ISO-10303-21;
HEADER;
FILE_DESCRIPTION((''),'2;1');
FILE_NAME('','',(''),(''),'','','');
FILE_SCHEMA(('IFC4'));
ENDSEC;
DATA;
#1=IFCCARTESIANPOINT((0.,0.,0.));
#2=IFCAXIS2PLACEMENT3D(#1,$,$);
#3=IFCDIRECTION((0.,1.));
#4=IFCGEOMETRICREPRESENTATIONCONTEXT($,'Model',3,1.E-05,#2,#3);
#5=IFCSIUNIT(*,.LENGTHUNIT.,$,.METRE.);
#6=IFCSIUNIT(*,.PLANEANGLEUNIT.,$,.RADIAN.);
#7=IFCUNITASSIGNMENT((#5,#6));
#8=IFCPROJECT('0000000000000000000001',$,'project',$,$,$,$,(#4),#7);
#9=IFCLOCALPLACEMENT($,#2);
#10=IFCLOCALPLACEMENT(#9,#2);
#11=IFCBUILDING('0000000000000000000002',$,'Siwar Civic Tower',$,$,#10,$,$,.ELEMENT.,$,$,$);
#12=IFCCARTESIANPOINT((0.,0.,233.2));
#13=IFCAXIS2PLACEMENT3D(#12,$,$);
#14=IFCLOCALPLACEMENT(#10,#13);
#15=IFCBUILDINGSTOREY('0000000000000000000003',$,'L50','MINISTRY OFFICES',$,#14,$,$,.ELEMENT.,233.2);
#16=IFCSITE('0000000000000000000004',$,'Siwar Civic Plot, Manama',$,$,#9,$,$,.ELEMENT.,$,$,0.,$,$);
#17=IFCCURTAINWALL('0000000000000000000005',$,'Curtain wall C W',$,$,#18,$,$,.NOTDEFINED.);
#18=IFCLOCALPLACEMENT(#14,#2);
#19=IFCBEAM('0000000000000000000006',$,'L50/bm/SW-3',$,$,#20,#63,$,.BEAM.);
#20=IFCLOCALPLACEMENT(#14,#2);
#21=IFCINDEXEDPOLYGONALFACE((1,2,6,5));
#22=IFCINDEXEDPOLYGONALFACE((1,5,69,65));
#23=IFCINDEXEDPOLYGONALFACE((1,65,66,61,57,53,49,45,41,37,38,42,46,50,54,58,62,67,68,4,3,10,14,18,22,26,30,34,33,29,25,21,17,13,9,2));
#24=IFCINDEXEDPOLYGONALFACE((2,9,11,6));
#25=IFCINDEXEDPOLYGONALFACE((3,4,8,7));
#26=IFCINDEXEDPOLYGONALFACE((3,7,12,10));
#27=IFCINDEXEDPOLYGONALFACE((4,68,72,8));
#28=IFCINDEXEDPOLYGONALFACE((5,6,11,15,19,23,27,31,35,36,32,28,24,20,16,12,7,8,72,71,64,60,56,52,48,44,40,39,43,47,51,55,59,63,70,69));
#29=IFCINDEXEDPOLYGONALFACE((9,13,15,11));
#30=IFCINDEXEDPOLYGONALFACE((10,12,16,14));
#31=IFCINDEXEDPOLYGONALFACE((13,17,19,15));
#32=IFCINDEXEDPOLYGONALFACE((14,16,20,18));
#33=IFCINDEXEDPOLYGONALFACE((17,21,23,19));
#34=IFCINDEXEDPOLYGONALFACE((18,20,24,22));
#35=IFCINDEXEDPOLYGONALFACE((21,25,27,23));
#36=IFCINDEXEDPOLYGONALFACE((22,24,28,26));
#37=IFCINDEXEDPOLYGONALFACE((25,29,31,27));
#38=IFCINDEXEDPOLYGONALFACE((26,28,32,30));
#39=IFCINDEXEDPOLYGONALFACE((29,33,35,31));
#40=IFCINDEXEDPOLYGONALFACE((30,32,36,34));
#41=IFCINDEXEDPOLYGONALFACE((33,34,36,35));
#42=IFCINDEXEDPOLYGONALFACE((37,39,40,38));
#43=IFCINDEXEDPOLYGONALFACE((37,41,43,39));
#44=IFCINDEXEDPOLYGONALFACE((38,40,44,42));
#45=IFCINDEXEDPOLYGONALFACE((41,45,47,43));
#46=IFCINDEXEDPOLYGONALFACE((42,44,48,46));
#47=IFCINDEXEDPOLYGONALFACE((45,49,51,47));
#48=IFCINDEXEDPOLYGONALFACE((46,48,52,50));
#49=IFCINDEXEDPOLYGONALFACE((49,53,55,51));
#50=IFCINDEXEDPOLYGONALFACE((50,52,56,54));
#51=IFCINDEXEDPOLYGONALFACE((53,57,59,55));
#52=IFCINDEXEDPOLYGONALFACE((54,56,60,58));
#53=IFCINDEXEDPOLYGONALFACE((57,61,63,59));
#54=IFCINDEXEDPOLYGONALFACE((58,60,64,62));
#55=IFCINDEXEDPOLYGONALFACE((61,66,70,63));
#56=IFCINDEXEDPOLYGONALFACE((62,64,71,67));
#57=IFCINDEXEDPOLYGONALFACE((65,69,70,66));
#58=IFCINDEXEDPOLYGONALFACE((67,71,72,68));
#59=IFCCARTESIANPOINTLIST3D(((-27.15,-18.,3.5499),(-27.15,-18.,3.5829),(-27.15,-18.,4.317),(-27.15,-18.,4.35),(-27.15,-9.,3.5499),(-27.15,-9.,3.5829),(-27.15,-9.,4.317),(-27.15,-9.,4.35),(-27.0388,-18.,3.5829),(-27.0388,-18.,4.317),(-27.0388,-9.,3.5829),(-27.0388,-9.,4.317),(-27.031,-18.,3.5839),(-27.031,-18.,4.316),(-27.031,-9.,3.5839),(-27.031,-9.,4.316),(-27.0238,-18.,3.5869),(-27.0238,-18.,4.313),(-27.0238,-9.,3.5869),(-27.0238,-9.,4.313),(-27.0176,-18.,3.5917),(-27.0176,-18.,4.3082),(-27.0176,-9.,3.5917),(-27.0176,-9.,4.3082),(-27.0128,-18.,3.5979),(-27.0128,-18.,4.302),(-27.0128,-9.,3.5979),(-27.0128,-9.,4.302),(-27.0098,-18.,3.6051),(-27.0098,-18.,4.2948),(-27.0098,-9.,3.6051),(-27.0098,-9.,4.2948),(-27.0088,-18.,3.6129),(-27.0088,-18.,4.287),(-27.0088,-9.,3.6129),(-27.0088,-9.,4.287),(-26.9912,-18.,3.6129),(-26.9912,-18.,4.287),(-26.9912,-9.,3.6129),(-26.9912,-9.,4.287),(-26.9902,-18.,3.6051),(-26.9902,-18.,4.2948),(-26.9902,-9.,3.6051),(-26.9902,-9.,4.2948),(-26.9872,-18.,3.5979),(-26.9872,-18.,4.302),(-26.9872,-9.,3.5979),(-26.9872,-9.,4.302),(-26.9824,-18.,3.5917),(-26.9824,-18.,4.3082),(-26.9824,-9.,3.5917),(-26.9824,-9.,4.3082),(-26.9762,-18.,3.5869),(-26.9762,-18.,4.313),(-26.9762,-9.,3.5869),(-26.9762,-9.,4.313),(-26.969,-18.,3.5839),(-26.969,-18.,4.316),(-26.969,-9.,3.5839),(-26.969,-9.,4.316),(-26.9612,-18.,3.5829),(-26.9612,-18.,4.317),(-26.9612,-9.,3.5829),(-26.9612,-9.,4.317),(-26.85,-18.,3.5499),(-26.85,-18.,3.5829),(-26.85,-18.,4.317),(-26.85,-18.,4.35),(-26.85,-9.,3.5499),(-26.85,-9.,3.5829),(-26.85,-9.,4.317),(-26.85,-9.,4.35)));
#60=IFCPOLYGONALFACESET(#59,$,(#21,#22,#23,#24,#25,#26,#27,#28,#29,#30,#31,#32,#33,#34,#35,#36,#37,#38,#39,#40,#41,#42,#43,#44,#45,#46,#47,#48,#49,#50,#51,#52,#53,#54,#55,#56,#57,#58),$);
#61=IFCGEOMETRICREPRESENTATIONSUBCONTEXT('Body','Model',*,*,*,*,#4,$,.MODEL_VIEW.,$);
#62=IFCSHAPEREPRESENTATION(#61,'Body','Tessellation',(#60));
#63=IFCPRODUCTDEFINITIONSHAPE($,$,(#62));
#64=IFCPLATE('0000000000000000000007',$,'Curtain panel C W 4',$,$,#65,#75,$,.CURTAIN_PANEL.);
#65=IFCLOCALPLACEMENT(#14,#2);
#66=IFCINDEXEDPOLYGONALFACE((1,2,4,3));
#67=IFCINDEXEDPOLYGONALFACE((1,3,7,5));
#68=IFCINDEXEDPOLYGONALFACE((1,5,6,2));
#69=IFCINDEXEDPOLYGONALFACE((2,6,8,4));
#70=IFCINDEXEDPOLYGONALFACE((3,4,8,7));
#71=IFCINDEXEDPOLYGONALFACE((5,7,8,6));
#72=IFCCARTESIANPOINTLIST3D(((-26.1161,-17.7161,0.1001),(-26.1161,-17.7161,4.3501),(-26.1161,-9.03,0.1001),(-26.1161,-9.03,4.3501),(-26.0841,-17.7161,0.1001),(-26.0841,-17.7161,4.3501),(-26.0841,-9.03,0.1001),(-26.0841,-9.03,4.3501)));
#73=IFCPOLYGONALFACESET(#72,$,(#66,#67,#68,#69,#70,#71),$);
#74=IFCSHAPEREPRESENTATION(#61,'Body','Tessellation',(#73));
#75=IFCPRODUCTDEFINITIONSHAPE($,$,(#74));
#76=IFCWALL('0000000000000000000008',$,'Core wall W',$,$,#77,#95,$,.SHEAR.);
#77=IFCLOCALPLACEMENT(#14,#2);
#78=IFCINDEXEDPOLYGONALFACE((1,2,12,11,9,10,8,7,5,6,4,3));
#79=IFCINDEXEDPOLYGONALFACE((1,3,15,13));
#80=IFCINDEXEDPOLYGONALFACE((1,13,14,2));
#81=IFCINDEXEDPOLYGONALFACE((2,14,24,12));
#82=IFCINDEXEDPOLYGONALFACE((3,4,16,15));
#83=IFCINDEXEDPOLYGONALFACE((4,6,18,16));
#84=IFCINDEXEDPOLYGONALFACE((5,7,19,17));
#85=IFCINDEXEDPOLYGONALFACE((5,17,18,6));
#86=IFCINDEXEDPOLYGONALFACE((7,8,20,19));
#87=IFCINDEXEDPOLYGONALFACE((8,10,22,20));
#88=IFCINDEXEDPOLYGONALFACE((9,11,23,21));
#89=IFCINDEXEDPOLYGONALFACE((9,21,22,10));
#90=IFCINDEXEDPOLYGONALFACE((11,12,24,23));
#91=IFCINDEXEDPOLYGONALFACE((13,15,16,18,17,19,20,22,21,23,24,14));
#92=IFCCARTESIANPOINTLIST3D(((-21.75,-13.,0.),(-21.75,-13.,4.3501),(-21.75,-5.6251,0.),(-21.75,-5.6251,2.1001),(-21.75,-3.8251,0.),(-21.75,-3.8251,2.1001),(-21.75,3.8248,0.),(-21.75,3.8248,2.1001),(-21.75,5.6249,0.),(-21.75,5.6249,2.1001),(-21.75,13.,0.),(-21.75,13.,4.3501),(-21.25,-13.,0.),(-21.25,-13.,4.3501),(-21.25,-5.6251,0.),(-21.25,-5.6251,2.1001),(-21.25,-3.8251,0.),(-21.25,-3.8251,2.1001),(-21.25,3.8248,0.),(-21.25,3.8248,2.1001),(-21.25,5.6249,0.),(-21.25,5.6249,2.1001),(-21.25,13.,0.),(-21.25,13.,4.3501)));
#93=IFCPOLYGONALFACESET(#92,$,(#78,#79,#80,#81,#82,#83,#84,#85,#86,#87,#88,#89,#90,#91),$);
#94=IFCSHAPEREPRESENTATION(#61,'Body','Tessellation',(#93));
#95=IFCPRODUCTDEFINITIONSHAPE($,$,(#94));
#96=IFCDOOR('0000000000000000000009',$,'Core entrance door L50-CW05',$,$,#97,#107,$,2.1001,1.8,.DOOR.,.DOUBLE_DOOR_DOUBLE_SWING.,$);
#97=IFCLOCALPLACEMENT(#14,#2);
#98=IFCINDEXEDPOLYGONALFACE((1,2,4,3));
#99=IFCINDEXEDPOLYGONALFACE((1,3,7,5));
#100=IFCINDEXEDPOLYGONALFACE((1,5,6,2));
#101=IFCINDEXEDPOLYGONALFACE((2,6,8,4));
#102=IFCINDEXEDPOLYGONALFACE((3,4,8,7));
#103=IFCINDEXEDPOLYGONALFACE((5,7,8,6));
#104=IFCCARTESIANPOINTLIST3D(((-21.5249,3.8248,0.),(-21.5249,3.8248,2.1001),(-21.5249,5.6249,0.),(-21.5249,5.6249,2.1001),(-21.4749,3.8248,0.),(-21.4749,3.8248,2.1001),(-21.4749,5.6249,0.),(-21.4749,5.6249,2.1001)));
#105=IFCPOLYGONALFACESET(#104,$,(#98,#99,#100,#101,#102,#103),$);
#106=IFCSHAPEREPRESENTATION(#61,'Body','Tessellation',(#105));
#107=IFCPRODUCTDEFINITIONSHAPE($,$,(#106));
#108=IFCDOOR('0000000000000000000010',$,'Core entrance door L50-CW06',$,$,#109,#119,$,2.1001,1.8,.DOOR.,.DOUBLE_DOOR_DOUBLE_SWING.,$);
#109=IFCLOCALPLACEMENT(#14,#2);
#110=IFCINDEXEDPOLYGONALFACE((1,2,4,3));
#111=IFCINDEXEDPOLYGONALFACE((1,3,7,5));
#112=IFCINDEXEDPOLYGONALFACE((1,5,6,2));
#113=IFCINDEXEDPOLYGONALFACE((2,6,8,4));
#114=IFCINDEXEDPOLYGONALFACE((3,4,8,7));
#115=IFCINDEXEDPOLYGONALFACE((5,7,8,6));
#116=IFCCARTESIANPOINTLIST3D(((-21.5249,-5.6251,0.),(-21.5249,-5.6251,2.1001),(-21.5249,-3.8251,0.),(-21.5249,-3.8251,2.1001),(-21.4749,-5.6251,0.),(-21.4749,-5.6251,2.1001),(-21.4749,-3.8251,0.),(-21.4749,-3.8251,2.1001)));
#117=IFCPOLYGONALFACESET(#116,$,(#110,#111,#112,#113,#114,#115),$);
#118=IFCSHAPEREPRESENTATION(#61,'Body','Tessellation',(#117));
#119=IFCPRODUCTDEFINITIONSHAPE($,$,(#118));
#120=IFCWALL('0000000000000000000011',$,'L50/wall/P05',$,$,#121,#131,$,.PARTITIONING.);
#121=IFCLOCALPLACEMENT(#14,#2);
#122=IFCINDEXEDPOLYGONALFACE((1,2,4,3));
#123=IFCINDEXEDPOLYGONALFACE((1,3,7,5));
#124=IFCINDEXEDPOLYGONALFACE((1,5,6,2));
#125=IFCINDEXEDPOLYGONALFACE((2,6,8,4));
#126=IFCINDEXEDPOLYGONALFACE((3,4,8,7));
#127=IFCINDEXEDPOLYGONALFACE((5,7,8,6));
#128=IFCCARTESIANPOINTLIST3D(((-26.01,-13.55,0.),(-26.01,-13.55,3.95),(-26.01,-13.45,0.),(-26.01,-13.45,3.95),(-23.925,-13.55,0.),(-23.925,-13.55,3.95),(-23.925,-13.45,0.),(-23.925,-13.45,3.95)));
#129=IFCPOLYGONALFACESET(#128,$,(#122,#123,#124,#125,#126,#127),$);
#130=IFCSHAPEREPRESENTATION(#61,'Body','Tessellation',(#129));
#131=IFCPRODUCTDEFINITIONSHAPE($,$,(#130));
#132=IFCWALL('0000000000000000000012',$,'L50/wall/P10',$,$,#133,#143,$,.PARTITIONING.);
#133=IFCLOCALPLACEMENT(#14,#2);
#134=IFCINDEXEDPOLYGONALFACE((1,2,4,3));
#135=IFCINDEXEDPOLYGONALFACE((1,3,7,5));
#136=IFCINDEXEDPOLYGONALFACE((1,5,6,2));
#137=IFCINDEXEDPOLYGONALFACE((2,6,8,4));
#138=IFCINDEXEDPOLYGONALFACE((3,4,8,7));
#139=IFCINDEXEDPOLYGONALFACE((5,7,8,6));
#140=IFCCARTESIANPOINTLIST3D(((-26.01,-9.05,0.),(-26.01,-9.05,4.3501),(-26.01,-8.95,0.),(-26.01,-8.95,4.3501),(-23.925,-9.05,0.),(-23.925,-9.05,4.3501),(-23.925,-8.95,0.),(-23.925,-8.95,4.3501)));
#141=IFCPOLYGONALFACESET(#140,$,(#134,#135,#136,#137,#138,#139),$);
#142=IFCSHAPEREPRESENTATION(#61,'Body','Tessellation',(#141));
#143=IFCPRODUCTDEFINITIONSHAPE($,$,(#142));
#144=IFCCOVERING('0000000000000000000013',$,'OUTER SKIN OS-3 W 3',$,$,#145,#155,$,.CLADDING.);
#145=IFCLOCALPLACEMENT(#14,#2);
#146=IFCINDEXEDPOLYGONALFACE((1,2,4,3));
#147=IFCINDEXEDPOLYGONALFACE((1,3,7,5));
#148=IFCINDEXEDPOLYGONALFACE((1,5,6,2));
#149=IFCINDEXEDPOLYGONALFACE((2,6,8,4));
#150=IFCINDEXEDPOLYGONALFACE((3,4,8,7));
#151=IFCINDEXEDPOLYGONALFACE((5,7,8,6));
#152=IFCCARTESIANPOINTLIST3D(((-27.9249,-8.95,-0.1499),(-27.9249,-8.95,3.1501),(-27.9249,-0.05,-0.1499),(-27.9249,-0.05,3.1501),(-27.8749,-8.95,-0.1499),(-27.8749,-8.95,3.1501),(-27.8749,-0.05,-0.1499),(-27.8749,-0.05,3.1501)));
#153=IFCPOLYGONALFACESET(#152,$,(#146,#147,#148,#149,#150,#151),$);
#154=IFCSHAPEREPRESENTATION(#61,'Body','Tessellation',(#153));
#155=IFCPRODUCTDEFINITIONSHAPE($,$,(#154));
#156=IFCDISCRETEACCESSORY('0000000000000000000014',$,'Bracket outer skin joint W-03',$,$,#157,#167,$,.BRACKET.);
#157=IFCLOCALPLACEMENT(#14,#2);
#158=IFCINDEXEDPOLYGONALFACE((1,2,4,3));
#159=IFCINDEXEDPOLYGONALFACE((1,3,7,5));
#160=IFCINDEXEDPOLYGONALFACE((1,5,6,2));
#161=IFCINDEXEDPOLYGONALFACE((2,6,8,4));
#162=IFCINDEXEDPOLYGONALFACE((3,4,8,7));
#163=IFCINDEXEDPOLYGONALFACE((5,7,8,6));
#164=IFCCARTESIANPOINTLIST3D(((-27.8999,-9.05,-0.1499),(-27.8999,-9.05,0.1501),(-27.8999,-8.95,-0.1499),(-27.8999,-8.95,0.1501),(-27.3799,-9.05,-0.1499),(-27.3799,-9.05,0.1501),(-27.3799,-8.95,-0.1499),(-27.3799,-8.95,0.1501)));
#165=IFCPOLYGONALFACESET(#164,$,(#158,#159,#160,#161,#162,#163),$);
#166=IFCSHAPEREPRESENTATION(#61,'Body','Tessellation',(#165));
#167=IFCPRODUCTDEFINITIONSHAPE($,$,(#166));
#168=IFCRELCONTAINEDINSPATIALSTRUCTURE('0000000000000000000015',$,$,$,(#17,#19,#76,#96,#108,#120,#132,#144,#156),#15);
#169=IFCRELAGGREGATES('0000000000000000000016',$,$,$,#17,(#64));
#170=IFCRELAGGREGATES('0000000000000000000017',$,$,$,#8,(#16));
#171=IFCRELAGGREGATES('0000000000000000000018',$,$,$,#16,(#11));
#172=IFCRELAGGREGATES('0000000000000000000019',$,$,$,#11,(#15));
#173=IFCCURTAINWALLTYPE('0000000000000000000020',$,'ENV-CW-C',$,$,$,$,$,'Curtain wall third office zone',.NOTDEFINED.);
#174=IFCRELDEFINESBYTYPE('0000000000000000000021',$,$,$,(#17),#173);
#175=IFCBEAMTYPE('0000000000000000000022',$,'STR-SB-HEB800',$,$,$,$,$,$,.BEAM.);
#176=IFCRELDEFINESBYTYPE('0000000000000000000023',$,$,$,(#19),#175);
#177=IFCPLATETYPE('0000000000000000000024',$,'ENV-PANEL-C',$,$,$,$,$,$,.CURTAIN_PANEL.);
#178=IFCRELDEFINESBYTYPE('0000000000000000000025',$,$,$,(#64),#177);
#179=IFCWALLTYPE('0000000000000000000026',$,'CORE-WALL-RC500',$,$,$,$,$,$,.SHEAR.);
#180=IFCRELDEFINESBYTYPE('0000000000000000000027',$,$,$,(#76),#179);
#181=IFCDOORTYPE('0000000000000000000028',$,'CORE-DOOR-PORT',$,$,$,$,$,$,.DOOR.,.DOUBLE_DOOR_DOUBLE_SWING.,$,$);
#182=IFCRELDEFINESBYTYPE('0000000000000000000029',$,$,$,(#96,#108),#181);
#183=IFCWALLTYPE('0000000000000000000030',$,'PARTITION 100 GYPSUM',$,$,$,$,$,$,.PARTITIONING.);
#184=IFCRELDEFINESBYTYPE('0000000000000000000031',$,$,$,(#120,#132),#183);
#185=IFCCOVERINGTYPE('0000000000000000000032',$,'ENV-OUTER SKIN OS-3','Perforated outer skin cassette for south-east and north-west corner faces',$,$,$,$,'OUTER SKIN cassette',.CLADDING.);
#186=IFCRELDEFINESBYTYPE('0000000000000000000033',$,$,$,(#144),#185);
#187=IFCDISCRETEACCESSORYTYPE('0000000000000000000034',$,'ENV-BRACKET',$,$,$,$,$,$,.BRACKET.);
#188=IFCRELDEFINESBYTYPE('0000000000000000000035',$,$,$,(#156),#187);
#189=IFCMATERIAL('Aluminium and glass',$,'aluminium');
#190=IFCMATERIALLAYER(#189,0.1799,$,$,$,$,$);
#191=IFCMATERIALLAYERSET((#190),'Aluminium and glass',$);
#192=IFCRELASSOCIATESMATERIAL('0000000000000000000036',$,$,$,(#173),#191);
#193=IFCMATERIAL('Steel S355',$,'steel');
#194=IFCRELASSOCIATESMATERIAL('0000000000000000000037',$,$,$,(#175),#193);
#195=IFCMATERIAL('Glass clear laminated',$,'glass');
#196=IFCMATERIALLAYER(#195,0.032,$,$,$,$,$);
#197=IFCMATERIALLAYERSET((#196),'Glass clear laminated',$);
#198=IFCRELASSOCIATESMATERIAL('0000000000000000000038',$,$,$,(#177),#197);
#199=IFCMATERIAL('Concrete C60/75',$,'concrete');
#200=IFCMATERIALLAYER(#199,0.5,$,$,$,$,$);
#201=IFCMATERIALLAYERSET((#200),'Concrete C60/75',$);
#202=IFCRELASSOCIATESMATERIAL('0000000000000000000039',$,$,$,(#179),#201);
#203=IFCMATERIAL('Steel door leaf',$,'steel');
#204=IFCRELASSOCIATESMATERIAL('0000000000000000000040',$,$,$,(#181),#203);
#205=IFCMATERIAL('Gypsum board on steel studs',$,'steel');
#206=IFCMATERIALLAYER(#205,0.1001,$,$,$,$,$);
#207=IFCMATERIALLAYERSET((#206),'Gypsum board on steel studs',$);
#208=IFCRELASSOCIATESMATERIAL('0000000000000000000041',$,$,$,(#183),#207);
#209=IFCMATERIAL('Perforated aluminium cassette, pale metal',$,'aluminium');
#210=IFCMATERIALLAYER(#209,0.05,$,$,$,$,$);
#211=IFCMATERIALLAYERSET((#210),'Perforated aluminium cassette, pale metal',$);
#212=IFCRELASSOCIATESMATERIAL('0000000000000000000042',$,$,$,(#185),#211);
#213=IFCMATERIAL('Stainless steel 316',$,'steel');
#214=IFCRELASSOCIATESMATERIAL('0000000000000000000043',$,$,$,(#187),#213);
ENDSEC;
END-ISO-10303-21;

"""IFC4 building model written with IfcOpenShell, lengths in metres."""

from ifc_helpers import new_model, si_unit, direction, frame, frame_2d, origin, origin_2d, place, context, subcontext, project, spatial, rectangle, i_section, extrude, material, layer, layer_set, material_profile, profile_set, type_object, element, fill, aggregate, save


model = new_model("IFC4")

# Units and contexts
model_context = context("Model", 3, precision=1e-05, world=origin(), true_north=direction((0.0, 1.0)))
body_context = subcontext(model_context, "Body", "Model", "MODEL_VIEW")
ifc_project = project(units=[si_unit("LENGTHUNIT", "METRE"), si_unit("PLANEANGLEUNIT", "RADIAN")], contexts=[model_context])

# Site, building, storey
site_placement = place(None, origin())
site = spatial("IfcSite", under=ifc_project, at=site_placement, Name="Siwar Civic Plot, Manama", CompositionType="ELEMENT", RefElevation=0.0)
building_placement = place(site_placement, origin())
building = spatial("IfcBuilding", under=site, at=building_placement, Name="Siwar Civic Tower", CompositionType="ELEMENT")
storey_placement = place(building_placement, frame((0.0, 0.0, 233.2)))
storey = spatial("IfcBuildingStorey", under=building, at=storey_placement, Name="L50", Description="MINISTRY OFFICES", CompositionType="ELEMENT", Elevation=233.2)

# Curtain wall
ifc_material_1 = material(Name="Aluminium and glass", Category="aluminium")
ifc_layer_1 = layer(ifc_material_1, 0.1799)
ifc_layer_set_1 = layer_set([ifc_layer_1], Name="Aluminium and glass")
curtain_wall_type = type_object("IfcCurtainWallType", Name="ENV-CW-C", ElementType="Curtain wall third office zone", PredefinedType="NOTDEFINED", material=ifc_layer_set_1)
curtain_wall_placement = place(storey_placement, origin())
curtain_wall = element("IfcCurtainWall", 1, at=curtain_wall_placement, inside=storey, type_object=curtain_wall_type, Name="Curtain wall C W", PredefinedType="NOTDEFINED")

# Beam
ifc_material_2 = material(Name="Steel S355", Category="steel")
ifc_material_profile_1 = material_profile(ifc_material_2, i_section(OverallWidth=0.3, OverallDepth=0.8, WebThickness=0.0176, FlangeThickness=0.033, FilletRadius=0.03, at=origin_2d()), Name="HEB800")
ifc_profile_set_1 = profile_set([ifc_material_profile_1], Name="Steel S355")
beam_type_1 = type_object("IfcBeamType", Name="STR-SB-HEB800", PredefinedType="BEAM", material=ifc_profile_set_1)
beam_1_placement = place(storey_placement, frame((-27.0, -9.0, 3.95), z_axis=(0.0, -1.0, 0.0), x_axis=(1.0, 0.0, 0.0)))
element("IfcBeam", 2, at=beam_1_placement, inside=storey, type_object=beam_type_1, Name="L50/bm/SW-3", PredefinedType="BEAM", context=body_context, shape_type="SweptSolid", body=[
    extrude(i_section(OverallWidth=0.3, OverallDepth=0.8, WebThickness=0.0176, FlangeThickness=0.033, FilletRadius=0.03, at=origin_2d()), origin(), (0.0, 0.0, 1.0), 9.0),
])

# Plate
ifc_material_3 = material(Name="Glass clear laminated", Category="glass")
ifc_layer_2 = layer(ifc_material_3, 0.032)
ifc_layer_set_2 = layer_set([ifc_layer_2], Name="Glass clear laminated")
plate_type = type_object("IfcPlateType", Name="ENV-PANEL-C", PredefinedType="CURTAIN_PANEL", material=ifc_layer_set_2)
plate_placement = place(storey_placement, frame((-26.1001, -13.373, 0.1001), z_axis=(0.0, 0.0, 1.0), x_axis=(0.0, -1.0, 0.0)))
plate = element("IfcPlate", 3, at=plate_placement, type_object=plate_type, Name="Curtain panel C W 4", PredefinedType="CURTAIN_PANEL", context=body_context, shape_type="SweptSolid", body=[
    extrude(rectangle(XDim=8.686, YDim=0.032, at=origin_2d()), origin(), (0.0, 0.0, 1.0), 4.25),
])
aggregate(curtain_wall, [plate])

# Wall, openings, doors
ifc_material_4 = material(Name="Concrete C60/75", Category="concrete")
ifc_layer_3 = layer(ifc_material_4, 0.5)
ifc_layer_set_3 = layer_set([ifc_layer_3], Name="Concrete C60/75")
wall_type_1 = type_object("IfcWallType", Name="CORE-WALL-RC500", PredefinedType="SHEAR", material=ifc_layer_set_3)
wall_1_placement = place(storey_placement, frame((-21.5, -13.0, 0.0), z_axis=(0.0, 0.0, 1.0), x_axis=(0.0, 1.0, 0.0)))
wall_1 = element("IfcWall", 4, at=wall_1_placement, inside=storey, type_object=wall_type_1, Name="Core wall W", PredefinedType="SHEAR", context=body_context, shape_type="SweptSolid", body=[
    extrude(rectangle(XDim=26.0, YDim=0.5, at=frame_2d((13.0, 0.0))), origin(), (0.0, 0.0, 1.0), 4.3501),
])
opening_1_placement = place(wall_1_placement, frame((16.825, 0.0, 0.0)))
opening_1 = element("IfcOpeningElement", 5, at=opening_1_placement, cuts=wall_1, PredefinedType="OPENING", context=body_context, shape_type="SweptSolid", body=[
    extrude(rectangle(XDim=1.8, YDim=2.1001, at=frame_2d((0.8999, 1.05))), frame((0.0, 0.26, 0.0), z_axis=(0.0, -1.0, 0.0), x_axis=(1.0, 0.0, 0.0)), (0.0, 0.0, 1.0), 0.52),
])
opening_2_placement = place(wall_1_placement, frame((7.375, 0.0, 0.0)))
opening_2 = element("IfcOpeningElement", 6, at=opening_2_placement, cuts=wall_1, PredefinedType="OPENING", context=body_context, shape_type="SweptSolid", body=[
    extrude(rectangle(XDim=1.8, YDim=2.1001, at=frame_2d((0.8999, 1.05))), frame((0.0, 0.26, 0.0), z_axis=(0.0, -1.0, 0.0), x_axis=(1.0, 0.0, 0.0)), (0.0, 0.0, 1.0), 0.52),
])
ifc_material_5 = material(Name="Steel door leaf", Category="steel")
door_type = type_object("IfcDoorType", Name="CORE-DOOR-PORT", OperationType="DOUBLE_DOOR_DOUBLE_SWING", PredefinedType="DOOR", material=ifc_material_5)
door_1_placement = place(opening_1_placement, origin())
door_1 = element("IfcDoor", 7, at=door_1_placement, inside=storey, type_object=door_type, Name="Core entrance door L50-CW05", OperationType="DOUBLE_DOOR_DOUBLE_SWING", OverallHeight=2.1001, OverallWidth=1.8, PredefinedType="DOOR", context=body_context, shape_type="SweptSolid", body=[
    extrude(rectangle(XDim=1.8, YDim=2.1001, at=frame_2d((0.8999, 1.05))), frame((0.0, 0.0249, 0.0), z_axis=(0.0, -1.0, 0.0), x_axis=(1.0, 0.0, 0.0)), (0.0, 0.0, 1.0), 0.05),
])
fill(opening_1, door_1)
door_2_placement = place(opening_2_placement, origin())
door_2 = element("IfcDoor", 8, at=door_2_placement, inside=storey, type_object=door_type, Name="Core entrance door L50-CW06", OperationType="DOUBLE_DOOR_DOUBLE_SWING", OverallHeight=2.1001, OverallWidth=1.8, PredefinedType="DOOR", context=body_context, shape_type="SweptSolid", body=[
    extrude(rectangle(XDim=1.8, YDim=2.1001, at=frame_2d((0.8999, 1.05))), frame((0.0, 0.0249, 0.0), z_axis=(0.0, -1.0, 0.0), x_axis=(1.0, 0.0, 0.0)), (0.0, 0.0, 1.0), 0.05),
])
fill(opening_2, door_2)

# Walls
ifc_material_6 = material(Name="Gypsum board on steel studs", Category="steel")
ifc_layer_4 = layer(ifc_material_6, 0.1001)
ifc_layer_set_4 = layer_set([ifc_layer_4], Name="Gypsum board on steel studs")
wall_type_2 = type_object("IfcWallType", Name="PARTITION 100 GYPSUM", PredefinedType="PARTITIONING", material=ifc_layer_set_4)
wall_2_placement = place(storey_placement, frame((-26.01, -13.5, 0.0), z_axis=(0.0, 0.0, 1.0), x_axis=(1.0, 0.0, 0.0)))
element("IfcWall", 9, at=wall_2_placement, inside=storey, type_object=wall_type_2, Name="L50/wall/P05", PredefinedType="PARTITIONING", context=body_context, shape_type="SweptSolid", body=[
    extrude(rectangle(XDim=2.085, YDim=0.1001, at=frame_2d((1.0425, 0.0))), origin(), (0.0, 0.0, 1.0), 3.95),
])
wall_3_placement = place(storey_placement, frame((-26.01, -9.0, 0.0), z_axis=(0.0, 0.0, 1.0), x_axis=(1.0, 0.0, 0.0)))
element("IfcWall", 10, at=wall_3_placement, inside=storey, type_object=wall_type_2, Name="L50/wall/P10", PredefinedType="PARTITIONING", context=body_context, shape_type="SweptSolid", body=[
    extrude(rectangle(XDim=2.085, YDim=0.1001, at=frame_2d((1.0425, 0.0))), origin(), (0.0, 0.0, 1.0), 4.3501),
])

# Covering
ifc_material_7 = material(Name="Perforated aluminium cassette, pale metal", Category="aluminium")
ifc_layer_5 = layer(ifc_material_7, 0.05)
ifc_layer_set_5 = layer_set([ifc_layer_5], Name="Perforated aluminium cassette, pale metal")
covering_type = type_object("IfcCoveringType", Name="ENV-OUTER SKIN OS-3", Description="Perforated outer skin cassette for south-east and north-west corner faces", ElementType="OUTER SKIN cassette", PredefinedType="CLADDING", material=ifc_layer_set_5)
covering_placement = place(storey_placement, frame((-27.8999, -4.5, -0.1499), z_axis=(0.0, 0.0, 1.0), x_axis=(0.0, -1.0, 0.0)))
element("IfcCovering", 11, at=covering_placement, inside=storey, type_object=covering_type, Name="OUTER SKIN OS-3 W 3", PredefinedType="CLADDING", context=body_context, shape_type="SweptSolid", body=[
    extrude(rectangle(XDim=8.8999, YDim=0.05, at=origin_2d()), origin(), (0.0, 0.0, 1.0), 3.3),
])

# Discrete accessory
ifc_material_8 = material(Name="Stainless steel 316", Category="steel")
discrete_accessory_type = type_object("IfcDiscreteAccessoryType", Name="ENV-BRACKET", PredefinedType="BRACKET", material=ifc_material_8)
discrete_accessory_placement = place(storey_placement, frame((-27.6399, -9.0, -0.1499), z_axis=(0.0, 0.0, 1.0), x_axis=(-1.0, 0.0, 0.0)))
element("IfcDiscreteAccessory", 12, at=discrete_accessory_placement, inside=storey, type_object=discrete_accessory_type, Name="Bracket outer skin joint W-03", PredefinedType="BRACKET", context=body_context, shape_type="SweptSolid", body=[
    extrude(rectangle(XDim=0.52, YDim=0.1001, at=origin_2d()), origin(), (0.0, 0.0, 1.0), 0.3),
])

save(model, "model.ifc")
